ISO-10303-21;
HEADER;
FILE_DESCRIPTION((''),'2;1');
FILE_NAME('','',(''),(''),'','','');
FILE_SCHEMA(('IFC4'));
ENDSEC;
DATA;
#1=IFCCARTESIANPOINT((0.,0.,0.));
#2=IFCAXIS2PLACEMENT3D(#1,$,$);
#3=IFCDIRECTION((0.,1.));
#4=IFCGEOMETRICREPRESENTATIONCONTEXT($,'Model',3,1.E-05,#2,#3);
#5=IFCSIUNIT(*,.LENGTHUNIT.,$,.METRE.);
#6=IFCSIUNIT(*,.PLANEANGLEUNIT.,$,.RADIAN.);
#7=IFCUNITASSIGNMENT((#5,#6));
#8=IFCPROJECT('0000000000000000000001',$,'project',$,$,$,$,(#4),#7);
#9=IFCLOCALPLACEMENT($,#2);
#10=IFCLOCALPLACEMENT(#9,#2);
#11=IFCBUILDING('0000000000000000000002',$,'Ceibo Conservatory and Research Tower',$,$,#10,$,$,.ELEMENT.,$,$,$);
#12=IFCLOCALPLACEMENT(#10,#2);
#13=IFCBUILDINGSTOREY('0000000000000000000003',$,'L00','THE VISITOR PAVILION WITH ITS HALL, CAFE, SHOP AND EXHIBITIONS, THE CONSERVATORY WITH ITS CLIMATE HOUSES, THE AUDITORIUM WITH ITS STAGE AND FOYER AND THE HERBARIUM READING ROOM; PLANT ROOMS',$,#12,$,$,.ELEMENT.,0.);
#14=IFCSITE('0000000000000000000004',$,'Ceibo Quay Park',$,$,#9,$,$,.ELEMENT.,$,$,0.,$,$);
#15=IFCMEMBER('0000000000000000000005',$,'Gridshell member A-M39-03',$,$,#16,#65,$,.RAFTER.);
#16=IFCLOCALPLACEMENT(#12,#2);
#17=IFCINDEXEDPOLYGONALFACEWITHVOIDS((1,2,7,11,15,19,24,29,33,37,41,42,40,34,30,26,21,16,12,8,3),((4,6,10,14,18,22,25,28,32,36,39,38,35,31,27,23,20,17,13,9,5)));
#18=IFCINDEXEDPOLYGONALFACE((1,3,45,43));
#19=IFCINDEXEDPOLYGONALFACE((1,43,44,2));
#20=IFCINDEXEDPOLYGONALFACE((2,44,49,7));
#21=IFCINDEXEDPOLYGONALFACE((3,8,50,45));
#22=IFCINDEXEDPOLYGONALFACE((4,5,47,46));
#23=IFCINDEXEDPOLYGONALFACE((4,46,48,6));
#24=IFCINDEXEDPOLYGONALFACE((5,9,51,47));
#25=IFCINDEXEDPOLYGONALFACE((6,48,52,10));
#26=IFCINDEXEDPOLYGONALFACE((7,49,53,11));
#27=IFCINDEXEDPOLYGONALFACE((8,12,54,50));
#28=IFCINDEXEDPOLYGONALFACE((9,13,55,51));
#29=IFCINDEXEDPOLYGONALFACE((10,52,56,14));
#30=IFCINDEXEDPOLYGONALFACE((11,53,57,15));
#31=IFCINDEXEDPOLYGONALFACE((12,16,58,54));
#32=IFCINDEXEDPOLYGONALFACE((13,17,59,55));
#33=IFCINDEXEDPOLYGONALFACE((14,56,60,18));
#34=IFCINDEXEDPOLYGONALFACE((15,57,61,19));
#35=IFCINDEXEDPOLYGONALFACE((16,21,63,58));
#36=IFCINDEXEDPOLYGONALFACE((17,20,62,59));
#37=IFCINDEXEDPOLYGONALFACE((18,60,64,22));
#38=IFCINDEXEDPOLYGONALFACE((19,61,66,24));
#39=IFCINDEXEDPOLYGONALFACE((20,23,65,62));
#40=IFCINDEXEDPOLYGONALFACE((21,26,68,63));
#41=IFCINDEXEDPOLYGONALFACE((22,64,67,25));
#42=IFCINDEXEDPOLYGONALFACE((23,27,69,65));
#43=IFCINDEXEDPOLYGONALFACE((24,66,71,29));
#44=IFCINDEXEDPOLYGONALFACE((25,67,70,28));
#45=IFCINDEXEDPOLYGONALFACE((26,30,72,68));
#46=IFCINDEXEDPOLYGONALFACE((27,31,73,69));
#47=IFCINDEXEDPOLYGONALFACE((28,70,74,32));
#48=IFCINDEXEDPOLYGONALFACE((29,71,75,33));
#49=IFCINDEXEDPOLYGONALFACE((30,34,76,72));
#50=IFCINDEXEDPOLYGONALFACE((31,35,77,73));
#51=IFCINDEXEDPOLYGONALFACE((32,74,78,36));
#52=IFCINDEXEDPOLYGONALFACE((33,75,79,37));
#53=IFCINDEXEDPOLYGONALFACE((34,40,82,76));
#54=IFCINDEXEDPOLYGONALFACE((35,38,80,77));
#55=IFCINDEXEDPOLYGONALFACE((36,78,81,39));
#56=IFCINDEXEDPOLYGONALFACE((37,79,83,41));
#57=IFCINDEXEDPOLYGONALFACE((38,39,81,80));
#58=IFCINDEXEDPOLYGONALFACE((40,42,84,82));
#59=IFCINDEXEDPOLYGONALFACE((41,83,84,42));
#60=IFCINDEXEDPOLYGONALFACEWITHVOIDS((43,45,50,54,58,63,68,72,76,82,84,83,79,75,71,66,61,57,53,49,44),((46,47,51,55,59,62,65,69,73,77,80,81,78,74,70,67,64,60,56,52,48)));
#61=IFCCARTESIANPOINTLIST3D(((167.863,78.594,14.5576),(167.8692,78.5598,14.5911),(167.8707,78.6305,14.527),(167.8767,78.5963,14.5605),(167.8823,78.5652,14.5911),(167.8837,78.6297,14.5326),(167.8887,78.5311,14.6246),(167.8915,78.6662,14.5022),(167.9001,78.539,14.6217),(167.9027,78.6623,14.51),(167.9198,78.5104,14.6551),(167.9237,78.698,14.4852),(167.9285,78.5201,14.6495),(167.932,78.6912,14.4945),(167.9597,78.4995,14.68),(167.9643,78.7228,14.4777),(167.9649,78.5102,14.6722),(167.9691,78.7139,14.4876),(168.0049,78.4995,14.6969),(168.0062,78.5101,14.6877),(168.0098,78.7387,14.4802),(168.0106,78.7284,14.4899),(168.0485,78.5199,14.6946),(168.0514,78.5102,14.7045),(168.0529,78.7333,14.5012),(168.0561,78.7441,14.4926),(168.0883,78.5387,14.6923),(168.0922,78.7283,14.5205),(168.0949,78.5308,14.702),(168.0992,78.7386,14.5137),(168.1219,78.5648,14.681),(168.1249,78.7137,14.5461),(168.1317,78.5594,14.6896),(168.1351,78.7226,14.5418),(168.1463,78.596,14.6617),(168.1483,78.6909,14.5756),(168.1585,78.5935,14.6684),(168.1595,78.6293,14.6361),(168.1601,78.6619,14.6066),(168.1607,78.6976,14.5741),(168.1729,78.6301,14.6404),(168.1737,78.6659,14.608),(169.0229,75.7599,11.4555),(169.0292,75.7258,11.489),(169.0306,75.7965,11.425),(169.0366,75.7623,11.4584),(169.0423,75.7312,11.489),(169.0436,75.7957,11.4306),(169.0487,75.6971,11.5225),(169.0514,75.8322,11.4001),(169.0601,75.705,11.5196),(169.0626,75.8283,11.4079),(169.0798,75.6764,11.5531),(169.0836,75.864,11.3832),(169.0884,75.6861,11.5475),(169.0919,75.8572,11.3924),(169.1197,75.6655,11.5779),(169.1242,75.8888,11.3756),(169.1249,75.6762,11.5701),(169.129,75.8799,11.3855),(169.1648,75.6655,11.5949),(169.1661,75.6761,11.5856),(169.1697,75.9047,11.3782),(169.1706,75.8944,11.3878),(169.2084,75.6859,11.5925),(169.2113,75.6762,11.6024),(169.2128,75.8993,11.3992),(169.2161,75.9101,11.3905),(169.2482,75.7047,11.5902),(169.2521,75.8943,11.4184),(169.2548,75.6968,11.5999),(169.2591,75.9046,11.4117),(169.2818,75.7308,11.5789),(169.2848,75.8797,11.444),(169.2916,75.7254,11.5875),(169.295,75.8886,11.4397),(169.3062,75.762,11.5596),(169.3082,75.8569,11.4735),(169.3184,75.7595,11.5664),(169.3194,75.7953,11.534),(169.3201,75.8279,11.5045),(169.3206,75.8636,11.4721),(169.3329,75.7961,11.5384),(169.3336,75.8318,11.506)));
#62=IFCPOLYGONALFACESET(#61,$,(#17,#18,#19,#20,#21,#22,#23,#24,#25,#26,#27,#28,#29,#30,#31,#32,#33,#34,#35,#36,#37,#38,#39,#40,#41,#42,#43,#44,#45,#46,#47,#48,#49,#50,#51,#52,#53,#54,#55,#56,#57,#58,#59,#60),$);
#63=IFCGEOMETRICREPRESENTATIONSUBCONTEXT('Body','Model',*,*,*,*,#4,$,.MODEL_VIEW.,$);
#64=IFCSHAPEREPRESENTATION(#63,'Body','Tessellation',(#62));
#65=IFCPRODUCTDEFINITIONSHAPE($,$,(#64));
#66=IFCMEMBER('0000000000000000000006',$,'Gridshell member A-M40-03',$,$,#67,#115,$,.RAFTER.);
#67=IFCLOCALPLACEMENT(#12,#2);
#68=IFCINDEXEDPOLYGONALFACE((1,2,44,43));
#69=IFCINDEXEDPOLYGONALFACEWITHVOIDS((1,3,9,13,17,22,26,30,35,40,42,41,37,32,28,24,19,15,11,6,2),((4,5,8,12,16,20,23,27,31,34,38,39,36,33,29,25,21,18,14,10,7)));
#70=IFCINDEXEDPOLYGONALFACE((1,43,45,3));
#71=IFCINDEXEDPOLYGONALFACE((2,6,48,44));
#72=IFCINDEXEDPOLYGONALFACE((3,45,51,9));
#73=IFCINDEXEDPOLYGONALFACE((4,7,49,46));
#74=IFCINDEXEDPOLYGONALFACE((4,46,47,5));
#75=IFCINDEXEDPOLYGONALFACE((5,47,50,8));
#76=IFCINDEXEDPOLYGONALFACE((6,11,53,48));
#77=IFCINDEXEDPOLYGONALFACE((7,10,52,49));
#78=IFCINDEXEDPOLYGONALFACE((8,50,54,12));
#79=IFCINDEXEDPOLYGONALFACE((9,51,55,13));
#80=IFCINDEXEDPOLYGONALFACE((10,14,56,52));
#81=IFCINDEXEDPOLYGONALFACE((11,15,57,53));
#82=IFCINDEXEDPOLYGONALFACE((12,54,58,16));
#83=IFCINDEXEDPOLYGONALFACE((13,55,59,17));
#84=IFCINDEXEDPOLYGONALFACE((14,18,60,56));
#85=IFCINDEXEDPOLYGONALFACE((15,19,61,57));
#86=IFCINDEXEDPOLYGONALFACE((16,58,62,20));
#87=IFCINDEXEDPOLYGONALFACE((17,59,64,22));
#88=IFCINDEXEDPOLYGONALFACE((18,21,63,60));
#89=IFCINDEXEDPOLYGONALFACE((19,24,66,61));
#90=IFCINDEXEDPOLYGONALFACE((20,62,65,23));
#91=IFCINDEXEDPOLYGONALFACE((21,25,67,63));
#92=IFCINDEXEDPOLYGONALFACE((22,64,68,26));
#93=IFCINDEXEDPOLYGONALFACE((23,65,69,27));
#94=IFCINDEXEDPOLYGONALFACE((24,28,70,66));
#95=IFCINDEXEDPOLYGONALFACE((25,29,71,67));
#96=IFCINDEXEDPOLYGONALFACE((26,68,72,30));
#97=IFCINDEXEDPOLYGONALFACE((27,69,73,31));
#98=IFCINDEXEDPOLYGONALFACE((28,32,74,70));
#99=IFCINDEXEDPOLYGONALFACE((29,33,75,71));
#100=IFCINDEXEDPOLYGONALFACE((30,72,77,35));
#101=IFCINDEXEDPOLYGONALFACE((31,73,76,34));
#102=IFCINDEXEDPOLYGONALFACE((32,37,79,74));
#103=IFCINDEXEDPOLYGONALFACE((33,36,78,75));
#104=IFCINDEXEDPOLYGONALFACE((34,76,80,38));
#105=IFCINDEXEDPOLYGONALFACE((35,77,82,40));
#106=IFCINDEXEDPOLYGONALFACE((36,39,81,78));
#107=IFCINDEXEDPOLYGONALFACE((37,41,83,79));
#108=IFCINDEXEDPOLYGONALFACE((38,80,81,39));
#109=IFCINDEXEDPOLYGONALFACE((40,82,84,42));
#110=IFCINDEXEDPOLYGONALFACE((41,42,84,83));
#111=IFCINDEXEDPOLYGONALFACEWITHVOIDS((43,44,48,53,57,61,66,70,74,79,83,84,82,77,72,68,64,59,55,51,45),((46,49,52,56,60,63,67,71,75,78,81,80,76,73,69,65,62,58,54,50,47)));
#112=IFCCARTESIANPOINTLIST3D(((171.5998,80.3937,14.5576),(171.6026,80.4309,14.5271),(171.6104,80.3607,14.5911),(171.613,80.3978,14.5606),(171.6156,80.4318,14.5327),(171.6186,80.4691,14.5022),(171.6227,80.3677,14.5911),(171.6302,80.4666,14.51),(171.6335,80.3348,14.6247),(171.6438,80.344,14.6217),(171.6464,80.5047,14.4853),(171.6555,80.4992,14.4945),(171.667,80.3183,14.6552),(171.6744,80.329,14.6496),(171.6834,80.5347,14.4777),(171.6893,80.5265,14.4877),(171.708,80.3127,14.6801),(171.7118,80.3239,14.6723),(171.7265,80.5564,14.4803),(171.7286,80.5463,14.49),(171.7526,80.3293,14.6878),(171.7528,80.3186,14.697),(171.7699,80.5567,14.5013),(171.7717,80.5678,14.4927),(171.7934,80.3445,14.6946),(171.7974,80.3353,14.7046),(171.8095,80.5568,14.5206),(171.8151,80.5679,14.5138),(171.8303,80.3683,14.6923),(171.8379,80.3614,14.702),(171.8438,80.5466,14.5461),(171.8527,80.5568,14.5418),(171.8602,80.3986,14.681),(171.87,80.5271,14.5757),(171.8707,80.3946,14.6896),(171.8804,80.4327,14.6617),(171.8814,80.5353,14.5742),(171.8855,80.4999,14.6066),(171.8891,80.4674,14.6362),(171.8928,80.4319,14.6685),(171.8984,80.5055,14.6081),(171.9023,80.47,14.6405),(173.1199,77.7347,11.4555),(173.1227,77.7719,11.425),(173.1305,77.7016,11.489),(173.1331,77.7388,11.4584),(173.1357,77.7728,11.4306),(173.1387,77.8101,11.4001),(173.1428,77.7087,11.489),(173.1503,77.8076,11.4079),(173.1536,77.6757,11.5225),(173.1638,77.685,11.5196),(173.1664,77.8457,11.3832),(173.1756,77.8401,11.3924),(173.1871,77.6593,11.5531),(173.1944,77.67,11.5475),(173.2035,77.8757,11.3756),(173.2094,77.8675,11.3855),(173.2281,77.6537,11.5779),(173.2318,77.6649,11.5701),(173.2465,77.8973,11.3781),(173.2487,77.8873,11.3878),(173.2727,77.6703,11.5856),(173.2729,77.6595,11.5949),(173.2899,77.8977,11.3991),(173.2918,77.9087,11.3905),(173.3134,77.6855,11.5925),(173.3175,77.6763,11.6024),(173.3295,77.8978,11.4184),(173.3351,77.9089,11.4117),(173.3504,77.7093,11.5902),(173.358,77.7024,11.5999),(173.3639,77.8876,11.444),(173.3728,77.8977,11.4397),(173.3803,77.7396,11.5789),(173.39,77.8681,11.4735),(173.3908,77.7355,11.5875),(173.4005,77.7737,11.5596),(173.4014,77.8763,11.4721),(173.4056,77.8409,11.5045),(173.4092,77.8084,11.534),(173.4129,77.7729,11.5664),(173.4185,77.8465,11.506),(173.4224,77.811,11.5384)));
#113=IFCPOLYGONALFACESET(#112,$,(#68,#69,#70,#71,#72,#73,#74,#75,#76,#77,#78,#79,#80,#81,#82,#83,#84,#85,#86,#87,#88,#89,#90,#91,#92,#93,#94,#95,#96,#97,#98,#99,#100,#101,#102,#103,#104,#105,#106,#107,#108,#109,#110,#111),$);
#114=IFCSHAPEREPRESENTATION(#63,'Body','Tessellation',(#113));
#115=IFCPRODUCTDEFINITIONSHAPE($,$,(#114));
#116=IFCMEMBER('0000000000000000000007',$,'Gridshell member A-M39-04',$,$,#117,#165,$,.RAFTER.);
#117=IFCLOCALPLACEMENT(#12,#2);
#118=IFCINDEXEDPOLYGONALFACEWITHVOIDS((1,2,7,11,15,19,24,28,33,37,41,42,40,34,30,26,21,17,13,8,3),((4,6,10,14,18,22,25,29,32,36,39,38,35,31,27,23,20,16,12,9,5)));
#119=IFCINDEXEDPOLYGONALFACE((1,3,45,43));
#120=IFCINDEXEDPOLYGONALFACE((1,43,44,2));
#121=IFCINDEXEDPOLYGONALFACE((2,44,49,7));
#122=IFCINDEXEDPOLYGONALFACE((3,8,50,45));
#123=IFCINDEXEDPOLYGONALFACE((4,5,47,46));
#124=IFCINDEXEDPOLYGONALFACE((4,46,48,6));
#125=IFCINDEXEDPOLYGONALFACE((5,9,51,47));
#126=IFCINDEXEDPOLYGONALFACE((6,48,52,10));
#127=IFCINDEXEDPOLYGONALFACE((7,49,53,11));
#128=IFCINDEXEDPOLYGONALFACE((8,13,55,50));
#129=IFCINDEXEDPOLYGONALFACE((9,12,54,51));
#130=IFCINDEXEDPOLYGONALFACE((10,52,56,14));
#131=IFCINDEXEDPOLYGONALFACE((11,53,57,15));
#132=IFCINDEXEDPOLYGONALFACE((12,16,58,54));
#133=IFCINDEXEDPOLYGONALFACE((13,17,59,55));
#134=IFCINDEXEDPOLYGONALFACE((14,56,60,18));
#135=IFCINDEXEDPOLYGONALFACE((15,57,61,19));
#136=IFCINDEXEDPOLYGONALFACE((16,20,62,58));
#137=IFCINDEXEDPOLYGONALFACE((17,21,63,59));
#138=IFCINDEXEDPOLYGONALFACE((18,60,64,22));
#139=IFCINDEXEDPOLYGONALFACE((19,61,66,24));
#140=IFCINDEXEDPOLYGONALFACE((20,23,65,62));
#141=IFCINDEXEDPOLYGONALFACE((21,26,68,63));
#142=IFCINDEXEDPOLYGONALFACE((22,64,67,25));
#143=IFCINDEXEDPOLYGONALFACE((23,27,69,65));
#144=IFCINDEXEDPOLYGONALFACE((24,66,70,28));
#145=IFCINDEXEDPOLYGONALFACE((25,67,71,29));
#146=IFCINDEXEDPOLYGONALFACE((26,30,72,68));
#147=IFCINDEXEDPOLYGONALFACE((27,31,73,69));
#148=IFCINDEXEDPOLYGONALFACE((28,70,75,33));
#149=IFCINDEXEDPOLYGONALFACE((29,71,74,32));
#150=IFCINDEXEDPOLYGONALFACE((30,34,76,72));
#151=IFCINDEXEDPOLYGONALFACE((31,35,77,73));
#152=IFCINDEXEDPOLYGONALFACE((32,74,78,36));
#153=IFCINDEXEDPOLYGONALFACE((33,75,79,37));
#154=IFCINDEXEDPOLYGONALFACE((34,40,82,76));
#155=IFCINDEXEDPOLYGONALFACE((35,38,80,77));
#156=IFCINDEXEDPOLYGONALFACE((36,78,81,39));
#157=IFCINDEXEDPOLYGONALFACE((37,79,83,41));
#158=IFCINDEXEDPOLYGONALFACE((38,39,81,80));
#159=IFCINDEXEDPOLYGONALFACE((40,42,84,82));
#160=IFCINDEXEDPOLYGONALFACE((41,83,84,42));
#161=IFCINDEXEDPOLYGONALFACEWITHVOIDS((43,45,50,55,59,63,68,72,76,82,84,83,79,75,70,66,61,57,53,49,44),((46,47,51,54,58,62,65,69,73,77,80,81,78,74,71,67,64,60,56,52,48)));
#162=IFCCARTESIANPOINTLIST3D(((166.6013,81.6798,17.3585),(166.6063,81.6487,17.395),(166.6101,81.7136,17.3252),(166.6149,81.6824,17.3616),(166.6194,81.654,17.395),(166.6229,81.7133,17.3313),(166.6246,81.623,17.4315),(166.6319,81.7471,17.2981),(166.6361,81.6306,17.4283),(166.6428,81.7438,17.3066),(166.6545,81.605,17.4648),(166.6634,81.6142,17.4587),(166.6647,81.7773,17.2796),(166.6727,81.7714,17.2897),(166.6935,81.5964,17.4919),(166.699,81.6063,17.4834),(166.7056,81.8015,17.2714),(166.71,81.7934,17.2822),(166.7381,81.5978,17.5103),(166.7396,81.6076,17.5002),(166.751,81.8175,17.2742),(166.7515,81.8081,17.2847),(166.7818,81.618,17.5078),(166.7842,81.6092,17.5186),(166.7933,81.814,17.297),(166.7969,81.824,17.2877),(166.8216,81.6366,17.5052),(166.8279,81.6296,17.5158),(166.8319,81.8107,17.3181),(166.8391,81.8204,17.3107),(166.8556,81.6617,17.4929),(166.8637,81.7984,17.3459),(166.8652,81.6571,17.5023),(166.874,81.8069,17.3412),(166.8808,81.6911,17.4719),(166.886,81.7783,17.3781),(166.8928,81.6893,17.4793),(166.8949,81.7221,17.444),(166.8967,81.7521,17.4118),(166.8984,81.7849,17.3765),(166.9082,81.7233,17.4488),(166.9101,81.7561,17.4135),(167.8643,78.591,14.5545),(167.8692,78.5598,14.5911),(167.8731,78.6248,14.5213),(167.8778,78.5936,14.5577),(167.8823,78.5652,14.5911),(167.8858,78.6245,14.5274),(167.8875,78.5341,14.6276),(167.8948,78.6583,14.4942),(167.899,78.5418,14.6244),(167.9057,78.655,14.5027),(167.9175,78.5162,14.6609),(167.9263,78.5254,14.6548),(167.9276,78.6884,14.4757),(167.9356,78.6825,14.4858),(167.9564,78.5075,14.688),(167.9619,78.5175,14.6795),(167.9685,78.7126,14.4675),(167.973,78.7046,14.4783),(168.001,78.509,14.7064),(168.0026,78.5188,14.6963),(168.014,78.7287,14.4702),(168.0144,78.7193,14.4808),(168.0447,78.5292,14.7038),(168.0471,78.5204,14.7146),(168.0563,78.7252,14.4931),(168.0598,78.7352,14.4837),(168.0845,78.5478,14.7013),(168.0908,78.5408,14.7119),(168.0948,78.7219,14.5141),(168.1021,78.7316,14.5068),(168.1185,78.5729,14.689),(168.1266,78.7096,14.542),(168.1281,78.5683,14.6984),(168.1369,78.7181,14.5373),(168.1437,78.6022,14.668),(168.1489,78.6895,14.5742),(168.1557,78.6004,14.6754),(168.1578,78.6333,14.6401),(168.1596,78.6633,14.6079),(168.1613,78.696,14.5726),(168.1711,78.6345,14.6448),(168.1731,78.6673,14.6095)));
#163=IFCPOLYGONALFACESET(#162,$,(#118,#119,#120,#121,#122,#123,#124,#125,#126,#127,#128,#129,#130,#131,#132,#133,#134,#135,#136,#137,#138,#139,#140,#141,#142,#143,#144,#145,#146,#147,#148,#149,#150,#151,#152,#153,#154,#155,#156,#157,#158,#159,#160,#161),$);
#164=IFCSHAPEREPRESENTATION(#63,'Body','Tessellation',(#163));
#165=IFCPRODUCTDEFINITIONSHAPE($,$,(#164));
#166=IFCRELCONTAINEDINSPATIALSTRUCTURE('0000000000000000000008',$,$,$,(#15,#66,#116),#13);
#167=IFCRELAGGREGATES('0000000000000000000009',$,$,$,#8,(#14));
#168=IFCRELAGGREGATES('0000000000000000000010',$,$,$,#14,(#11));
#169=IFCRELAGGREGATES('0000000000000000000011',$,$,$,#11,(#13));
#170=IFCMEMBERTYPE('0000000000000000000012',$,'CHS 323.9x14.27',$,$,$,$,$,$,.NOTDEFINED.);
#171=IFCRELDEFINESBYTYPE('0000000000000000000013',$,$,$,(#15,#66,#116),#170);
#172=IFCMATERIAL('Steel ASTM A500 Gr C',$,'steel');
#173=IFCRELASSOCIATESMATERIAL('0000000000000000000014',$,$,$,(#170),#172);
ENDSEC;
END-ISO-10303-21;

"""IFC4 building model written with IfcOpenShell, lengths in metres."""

from ifc_helpers import new_model, si_unit, direction, frame, origin, origin_2d, place, context, subcontext, project, spatial, hollow_circle, extrude, material, material_profile, profile_set, type_object, element, save


model = new_model("IFC4")

# Units and contexts
model_context = context("Model", 3, precision=1e-05, world=origin(), true_north=direction((0.0, 1.0)))
body_context = subcontext(model_context, "Body", "Model", "MODEL_VIEW")
ifc_project = project(units=[si_unit("LENGTHUNIT", "METRE"), si_unit("PLANEANGLEUNIT", "RADIAN")], contexts=[model_context])

# Site, building, storey
site_placement = place(None, origin())
site = spatial("IfcSite", under=ifc_project, at=site_placement, Name="Ceibo Quay Park", CompositionType="ELEMENT", RefElevation=0.0)
building_placement = place(site_placement, origin())
building = spatial("IfcBuilding", under=site, at=building_placement, Name="Ceibo Conservatory and Research Tower", CompositionType="ELEMENT")
storey_placement = place(building_placement, origin())
storey = spatial("IfcBuildingStorey", under=building, at=storey_placement, Name="L00", Description="THE VISITOR PAVILION WITH ITS HALL, CAFE, SHOP AND EXHIBITIONS, THE CONSERVATORY WITH ITS CLIMATE HOUSES, THE AUDITORIUM WITH ITS STAGE AND FOYER AND THE HERBARIUM READING ROOM; PLANT ROOMS", CompositionType="ELEMENT", Elevation=0.0)

# Members
ifc_material_1 = material(Name="Steel ASTM A500 Gr C", Category="steel")
ifc_material_profile_1 = material_profile(ifc_material_1, hollow_circle(Radius=0.1619, WallThickness=0.0142, at=origin_2d()), Name="CHS 323.9x14.27")
ifc_profile_set_1 = profile_set([ifc_material_profile_1], Name="Steel ASTM A500 Gr C")
member_type_1 = type_object("IfcMemberType", Name="CHS 323.9x14.27", PredefinedType="NOTDEFINED", material=ifc_profile_set_1)
member_1_placement = place(storey_placement, frame((169.179, 75.7871, 11.489), z_axis=(-0.266105, 0.650168, 0.711667), x_axis=(-0.925483, -0.378788, 0.0)))
element("IfcMember", 1, at=member_1_placement, inside=storey, type_object=member_type_1, Name="Gridshell member A-M39-03", PredefinedType="RAFTER", context=body_context, shape_type="SweptSolid", body=[
    extrude(hollow_circle(Radius=0.1619, WallThickness=0.0142, at=origin_2d()), origin(), (0.0, 0.0, 1.0), 4.3589),
])
member_2_placement = place(storey_placement, frame((173.271, 77.782, 11.489), z_axis=(-0.348688, 0.609952, 0.711601), x_axis=(-0.868155, -0.496293, 0.0)))
element("IfcMember", 2, at=member_2_placement, inside=storey, type_object=member_type_1, Name="Gridshell member A-M40-03", PredefinedType="RAFTER", context=body_context, shape_type="SweptSolid", body=[
    extrude(hollow_circle(Radius=0.1619, WallThickness=0.0142, at=origin_2d()), origin(), (0.0, 0.0, 1.0), 4.3594),
])
member_3_placement = place(storey_placement, frame((168.019, 78.6211, 14.5911), z_axis=(-0.289751, 0.708667, 0.643301), x_axis=(-0.925619, -0.378456, 0.0)))
element("IfcMember", 3, at=member_3_placement, inside=storey, type_object=member_type_1, Name="Gridshell member A-M39-04", PredefinedType="RAFTER", context=body_context, shape_type="SweptSolid", body=[
    extrude(hollow_circle(Radius=0.1619, WallThickness=0.0142, at=origin_2d()), origin(), (0.0, 0.0, 1.0), 4.3586),
])

save(model, "model.ifc")
